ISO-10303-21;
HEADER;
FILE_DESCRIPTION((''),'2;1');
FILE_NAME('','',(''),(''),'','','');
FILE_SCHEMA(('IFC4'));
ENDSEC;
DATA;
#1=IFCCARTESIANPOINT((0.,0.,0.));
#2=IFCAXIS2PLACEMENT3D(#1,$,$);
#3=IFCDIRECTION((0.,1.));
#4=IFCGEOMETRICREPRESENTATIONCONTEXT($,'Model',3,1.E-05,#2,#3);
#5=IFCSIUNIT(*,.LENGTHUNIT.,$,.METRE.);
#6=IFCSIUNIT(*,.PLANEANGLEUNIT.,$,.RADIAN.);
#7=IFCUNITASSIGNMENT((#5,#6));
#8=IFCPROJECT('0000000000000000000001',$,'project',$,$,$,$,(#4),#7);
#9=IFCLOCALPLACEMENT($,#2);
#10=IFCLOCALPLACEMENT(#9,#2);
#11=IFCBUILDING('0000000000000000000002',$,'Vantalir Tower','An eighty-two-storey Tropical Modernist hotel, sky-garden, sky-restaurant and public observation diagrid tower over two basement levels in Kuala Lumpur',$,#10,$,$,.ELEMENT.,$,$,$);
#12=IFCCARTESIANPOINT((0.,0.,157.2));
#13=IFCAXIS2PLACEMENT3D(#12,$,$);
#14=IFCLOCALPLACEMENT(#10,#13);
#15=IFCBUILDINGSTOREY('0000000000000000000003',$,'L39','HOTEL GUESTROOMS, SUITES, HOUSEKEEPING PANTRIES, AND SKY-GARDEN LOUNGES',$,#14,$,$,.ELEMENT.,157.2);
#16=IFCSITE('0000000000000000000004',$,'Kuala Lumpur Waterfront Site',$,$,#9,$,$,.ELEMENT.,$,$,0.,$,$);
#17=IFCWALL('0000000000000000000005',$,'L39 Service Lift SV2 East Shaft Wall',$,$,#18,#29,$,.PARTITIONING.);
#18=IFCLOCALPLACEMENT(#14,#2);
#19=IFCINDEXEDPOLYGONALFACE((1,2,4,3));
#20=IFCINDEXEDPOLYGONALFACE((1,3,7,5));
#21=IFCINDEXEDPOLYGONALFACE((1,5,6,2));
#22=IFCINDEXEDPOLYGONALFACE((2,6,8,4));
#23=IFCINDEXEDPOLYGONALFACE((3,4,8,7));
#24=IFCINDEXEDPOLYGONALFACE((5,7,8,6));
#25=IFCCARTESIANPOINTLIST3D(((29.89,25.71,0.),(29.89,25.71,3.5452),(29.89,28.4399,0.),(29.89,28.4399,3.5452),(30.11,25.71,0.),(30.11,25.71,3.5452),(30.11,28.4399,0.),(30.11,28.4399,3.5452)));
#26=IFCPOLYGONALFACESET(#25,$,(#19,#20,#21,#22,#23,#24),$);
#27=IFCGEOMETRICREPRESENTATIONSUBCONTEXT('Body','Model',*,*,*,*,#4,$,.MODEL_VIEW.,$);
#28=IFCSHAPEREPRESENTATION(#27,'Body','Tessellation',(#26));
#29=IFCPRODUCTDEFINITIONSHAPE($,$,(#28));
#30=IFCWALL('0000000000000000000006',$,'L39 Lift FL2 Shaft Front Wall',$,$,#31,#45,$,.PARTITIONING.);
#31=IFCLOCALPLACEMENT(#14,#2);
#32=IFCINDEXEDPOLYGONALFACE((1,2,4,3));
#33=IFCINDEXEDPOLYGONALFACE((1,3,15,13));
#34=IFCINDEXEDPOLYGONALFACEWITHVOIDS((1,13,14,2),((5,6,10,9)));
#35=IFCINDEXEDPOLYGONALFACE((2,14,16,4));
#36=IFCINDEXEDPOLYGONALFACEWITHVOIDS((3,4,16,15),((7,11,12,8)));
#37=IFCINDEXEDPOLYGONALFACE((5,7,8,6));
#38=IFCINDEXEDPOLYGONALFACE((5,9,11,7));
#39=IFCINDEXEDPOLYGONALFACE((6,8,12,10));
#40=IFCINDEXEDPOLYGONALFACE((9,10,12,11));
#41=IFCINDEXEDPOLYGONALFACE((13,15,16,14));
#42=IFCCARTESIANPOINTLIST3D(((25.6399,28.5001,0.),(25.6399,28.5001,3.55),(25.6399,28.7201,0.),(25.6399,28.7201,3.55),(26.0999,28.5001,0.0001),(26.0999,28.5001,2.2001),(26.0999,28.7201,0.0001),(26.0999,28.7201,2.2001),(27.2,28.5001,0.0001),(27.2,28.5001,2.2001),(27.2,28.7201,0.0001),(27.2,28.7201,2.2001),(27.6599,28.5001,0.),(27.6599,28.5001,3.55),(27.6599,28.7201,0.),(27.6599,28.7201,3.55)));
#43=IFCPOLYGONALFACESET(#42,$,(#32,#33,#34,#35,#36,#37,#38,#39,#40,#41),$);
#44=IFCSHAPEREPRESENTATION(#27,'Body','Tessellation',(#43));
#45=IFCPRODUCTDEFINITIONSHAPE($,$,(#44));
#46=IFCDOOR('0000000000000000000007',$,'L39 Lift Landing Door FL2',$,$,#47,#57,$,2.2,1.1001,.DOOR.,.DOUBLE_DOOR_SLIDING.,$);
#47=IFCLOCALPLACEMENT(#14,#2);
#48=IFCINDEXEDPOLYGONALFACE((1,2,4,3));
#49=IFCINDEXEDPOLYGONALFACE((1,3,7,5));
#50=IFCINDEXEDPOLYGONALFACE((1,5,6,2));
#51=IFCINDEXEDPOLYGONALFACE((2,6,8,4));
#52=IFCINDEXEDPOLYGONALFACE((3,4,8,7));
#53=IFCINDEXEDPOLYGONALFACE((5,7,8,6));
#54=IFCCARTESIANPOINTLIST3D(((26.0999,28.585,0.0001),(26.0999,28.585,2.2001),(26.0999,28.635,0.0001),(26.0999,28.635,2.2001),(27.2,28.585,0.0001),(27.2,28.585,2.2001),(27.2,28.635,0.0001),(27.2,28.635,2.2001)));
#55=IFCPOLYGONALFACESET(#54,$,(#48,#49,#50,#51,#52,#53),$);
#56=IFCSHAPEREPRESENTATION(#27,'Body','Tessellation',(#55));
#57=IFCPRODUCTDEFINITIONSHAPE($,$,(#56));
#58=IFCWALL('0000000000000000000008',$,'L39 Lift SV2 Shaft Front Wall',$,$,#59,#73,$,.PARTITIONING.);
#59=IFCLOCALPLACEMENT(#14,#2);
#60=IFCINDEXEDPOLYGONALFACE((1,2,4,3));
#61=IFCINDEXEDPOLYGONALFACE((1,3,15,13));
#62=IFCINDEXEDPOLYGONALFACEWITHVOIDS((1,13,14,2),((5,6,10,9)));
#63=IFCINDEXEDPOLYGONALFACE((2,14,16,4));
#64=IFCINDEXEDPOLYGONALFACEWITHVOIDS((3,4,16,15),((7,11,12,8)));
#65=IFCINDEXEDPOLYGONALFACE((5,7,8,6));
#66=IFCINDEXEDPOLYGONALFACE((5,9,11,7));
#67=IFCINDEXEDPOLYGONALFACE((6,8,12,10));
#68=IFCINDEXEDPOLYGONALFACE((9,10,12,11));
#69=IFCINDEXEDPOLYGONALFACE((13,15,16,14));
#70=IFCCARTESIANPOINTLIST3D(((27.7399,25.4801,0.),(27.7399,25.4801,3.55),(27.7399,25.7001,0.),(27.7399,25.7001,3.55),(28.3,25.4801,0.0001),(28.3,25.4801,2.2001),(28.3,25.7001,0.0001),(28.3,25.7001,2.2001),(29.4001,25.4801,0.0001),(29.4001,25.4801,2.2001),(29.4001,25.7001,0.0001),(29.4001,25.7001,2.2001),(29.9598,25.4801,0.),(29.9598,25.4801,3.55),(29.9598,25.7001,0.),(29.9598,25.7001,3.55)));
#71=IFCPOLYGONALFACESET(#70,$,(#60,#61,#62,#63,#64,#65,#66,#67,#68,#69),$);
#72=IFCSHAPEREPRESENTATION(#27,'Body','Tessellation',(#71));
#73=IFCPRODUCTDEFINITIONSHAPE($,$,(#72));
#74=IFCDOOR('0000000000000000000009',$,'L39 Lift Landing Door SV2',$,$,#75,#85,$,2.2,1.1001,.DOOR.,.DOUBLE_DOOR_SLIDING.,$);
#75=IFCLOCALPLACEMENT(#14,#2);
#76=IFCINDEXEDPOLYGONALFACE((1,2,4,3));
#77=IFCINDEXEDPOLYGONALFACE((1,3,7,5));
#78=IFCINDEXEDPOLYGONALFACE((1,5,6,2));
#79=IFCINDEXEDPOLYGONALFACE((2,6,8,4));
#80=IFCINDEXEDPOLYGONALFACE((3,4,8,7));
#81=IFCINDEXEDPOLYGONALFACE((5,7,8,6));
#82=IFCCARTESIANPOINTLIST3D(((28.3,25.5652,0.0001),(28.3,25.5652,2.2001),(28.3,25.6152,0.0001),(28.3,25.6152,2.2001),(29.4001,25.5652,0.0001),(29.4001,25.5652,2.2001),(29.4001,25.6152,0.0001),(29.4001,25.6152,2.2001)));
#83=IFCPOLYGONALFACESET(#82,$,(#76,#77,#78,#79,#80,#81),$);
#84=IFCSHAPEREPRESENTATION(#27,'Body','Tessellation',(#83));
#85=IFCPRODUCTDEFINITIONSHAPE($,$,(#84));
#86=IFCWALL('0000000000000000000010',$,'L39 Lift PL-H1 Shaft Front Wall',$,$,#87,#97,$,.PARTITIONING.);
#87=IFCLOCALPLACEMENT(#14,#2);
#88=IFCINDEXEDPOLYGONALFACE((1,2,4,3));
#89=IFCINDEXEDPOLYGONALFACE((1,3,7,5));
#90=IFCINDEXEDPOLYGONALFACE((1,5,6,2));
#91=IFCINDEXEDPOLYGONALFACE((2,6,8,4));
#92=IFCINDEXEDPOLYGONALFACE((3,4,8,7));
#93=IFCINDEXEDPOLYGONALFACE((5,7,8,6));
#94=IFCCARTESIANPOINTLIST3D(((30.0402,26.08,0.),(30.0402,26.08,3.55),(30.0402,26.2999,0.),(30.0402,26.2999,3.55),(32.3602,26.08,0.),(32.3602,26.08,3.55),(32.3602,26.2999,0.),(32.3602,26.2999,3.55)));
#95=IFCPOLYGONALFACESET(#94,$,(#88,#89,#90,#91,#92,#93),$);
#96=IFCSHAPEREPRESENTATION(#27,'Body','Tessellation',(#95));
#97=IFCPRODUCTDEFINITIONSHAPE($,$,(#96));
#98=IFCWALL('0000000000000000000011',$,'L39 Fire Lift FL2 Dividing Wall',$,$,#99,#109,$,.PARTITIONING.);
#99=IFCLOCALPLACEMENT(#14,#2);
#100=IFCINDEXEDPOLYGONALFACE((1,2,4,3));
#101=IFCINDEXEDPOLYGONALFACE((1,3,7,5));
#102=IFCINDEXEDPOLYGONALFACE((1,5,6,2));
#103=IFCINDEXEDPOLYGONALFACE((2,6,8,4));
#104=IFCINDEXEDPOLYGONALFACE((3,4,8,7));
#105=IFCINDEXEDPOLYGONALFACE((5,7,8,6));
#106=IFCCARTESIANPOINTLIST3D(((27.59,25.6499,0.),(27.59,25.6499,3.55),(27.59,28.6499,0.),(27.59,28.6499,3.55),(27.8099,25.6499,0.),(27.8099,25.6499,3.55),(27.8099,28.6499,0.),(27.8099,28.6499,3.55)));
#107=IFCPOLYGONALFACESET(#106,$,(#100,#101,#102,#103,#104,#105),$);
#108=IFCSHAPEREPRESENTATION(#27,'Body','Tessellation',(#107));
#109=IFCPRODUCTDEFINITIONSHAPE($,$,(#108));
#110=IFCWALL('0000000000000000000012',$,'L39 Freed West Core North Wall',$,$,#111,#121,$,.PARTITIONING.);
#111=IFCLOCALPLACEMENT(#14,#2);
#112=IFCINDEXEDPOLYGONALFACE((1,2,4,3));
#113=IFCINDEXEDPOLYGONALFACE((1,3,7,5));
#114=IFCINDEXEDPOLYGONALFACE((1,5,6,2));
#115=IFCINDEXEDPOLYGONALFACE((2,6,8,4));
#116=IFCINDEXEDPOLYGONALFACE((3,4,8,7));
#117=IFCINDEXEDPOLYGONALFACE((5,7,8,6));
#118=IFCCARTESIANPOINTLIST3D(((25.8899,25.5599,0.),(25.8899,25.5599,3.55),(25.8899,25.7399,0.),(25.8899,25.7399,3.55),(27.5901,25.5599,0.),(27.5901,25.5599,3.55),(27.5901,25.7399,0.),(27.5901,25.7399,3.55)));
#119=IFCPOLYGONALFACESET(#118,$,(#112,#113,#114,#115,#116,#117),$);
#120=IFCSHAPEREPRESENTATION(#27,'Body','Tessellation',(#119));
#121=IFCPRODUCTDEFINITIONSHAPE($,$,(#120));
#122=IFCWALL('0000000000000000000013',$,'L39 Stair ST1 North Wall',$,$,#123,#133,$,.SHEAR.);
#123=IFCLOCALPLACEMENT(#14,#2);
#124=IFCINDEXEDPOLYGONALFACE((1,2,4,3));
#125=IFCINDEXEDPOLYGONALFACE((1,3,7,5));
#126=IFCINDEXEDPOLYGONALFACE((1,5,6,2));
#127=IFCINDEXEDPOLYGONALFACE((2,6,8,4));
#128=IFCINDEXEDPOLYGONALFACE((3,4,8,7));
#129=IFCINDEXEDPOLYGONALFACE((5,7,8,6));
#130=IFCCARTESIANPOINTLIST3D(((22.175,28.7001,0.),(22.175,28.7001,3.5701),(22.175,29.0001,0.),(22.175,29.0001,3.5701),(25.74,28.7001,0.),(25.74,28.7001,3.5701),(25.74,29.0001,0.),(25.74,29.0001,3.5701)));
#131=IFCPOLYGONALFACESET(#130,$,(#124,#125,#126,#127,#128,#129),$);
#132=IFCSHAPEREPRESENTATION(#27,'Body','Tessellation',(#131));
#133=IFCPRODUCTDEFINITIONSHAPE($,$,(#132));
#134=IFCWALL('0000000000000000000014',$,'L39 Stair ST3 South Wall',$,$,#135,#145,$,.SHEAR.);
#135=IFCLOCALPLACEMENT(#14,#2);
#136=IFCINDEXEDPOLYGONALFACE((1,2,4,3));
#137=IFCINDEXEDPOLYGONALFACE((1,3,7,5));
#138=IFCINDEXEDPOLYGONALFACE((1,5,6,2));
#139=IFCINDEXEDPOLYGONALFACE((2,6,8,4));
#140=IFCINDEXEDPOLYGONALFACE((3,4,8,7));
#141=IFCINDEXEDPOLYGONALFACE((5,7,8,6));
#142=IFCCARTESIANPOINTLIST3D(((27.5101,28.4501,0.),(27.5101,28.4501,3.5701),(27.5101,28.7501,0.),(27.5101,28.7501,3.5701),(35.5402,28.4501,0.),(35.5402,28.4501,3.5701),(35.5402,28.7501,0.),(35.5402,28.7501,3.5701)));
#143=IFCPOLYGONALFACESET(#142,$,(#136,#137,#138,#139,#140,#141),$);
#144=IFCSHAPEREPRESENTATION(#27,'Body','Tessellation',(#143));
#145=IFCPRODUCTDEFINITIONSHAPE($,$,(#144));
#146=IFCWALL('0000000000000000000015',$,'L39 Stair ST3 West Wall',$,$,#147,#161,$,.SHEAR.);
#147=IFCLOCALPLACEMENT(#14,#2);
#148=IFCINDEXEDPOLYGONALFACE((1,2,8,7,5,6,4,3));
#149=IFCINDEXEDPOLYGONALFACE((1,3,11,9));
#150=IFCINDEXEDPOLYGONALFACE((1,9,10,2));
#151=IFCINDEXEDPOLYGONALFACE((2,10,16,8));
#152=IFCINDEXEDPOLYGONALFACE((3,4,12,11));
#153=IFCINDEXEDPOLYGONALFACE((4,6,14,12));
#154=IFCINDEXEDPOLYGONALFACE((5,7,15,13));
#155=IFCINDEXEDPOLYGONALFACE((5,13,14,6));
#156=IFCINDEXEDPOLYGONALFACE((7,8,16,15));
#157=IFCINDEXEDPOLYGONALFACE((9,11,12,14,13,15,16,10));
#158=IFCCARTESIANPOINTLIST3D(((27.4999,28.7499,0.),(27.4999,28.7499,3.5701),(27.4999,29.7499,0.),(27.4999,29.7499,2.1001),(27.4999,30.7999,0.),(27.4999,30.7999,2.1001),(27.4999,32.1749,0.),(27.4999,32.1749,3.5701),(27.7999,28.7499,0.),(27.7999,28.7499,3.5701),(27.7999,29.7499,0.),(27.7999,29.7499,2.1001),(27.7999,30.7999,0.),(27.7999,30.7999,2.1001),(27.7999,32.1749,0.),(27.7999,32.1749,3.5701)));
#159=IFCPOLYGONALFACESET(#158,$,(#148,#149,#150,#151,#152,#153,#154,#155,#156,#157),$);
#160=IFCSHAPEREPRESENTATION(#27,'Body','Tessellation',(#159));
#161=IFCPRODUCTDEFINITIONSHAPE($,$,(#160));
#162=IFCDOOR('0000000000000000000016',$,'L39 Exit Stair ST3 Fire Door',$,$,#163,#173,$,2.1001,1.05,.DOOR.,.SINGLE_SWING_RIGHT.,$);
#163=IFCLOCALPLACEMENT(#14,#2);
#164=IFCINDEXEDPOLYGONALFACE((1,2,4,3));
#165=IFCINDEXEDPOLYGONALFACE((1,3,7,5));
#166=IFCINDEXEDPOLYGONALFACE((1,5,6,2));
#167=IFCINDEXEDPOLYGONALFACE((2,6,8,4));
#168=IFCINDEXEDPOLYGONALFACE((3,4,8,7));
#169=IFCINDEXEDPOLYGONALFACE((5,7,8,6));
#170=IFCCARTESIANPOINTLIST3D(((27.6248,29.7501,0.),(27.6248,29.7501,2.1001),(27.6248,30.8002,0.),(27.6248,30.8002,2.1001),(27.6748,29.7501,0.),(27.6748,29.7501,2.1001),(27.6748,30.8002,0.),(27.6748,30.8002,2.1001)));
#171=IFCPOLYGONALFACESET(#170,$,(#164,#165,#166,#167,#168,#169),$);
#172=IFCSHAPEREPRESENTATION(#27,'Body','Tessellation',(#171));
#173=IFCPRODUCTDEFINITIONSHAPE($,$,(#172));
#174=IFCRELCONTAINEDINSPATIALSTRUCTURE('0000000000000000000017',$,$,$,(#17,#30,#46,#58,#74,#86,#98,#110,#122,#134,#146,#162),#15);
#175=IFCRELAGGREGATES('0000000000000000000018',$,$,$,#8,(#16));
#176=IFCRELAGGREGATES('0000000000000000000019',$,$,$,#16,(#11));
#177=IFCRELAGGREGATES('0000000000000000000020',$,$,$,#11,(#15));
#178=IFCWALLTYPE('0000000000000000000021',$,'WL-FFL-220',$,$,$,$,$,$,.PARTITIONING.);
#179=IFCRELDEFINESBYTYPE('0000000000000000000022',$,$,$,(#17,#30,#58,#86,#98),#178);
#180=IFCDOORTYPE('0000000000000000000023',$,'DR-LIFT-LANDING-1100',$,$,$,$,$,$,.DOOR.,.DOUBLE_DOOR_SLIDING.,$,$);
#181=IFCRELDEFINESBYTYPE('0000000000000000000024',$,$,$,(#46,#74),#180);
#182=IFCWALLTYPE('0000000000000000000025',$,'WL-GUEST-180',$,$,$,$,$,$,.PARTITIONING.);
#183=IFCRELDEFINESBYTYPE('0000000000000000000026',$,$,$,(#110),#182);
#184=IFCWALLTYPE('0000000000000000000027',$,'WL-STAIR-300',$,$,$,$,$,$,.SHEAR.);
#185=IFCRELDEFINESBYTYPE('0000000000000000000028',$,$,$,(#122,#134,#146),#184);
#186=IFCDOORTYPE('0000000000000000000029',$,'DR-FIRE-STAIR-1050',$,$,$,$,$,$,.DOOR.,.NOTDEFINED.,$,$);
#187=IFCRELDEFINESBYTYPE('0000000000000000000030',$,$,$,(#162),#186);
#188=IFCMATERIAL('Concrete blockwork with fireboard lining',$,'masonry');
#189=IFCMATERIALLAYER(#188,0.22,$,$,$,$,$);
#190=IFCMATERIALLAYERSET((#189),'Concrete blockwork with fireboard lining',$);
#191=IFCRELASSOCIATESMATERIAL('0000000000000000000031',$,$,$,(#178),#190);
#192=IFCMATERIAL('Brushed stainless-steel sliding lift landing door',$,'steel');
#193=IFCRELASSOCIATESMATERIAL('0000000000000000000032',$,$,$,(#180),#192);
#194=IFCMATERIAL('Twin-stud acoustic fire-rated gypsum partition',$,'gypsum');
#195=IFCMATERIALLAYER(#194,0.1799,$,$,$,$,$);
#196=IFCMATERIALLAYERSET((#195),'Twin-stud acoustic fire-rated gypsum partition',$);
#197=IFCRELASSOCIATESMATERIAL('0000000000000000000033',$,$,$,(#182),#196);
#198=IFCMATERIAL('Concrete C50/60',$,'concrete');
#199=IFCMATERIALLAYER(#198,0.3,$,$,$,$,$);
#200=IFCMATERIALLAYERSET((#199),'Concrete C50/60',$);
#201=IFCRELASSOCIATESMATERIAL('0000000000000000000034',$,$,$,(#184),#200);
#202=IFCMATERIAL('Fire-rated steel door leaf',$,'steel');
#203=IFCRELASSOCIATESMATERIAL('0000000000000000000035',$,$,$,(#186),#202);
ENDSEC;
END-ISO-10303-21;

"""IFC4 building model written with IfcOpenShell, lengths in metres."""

from ifc_helpers import new_model, si_unit, direction, frame, frame_2d, origin, place, context, subcontext, project, spatial, rectangle, extrude, material, layer, layer_set, type_object, element, fill, save


model = new_model("IFC4")

# Units and contexts
model_context = context("Model", 3, precision=1e-05, world=origin(), true_north=direction((0.0, 1.0)))
body_context = subcontext(model_context, "Body", "Model", "MODEL_VIEW")
ifc_project = project(units=[si_unit("LENGTHUNIT", "METRE"), si_unit("PLANEANGLEUNIT", "RADIAN")], contexts=[model_context])

# Site, building, storey
site_placement = place(None, origin())
site = spatial("IfcSite", under=ifc_project, at=site_placement, Name="Kuala Lumpur Waterfront Site", CompositionType="ELEMENT", RefElevation=0.0)
building_placement = place(site_placement, origin())
building = spatial("IfcBuilding", under=site, at=building_placement, Name="Vantalir Tower", Description="An eighty-two-storey Tropical Modernist hotel, sky-garden, sky-restaurant and public observation diagrid tower over two basement levels in Kuala Lumpur", CompositionType="ELEMENT")
storey_placement = place(building_placement, frame((0.0, 0.0, 157.2)))
storey = spatial("IfcBuildingStorey", under=building, at=storey_placement, Name="L39", Description="HOTEL GUESTROOMS, SUITES, HOUSEKEEPING PANTRIES, AND SKY-GARDEN LOUNGES", CompositionType="ELEMENT", Elevation=157.2)

# Wall
ifc_material_1 = material(Name="Concrete blockwork with fireboard lining", Category="masonry")
ifc_layer_1 = layer(ifc_material_1, 0.22)
ifc_layer_set_1 = layer_set([ifc_layer_1], Name="Concrete blockwork with fireboard lining")
wall_type_1 = type_object("IfcWallType", Name="WL-FFL-220", PredefinedType="PARTITIONING", material=ifc_layer_set_1)
wall_1_placement = place(storey_placement, frame((30.0, 25.71, 0.0), z_axis=(0.0, 0.0, 1.0), x_axis=(0.0, 1.0, 0.0)))
element("IfcWall", 1, at=wall_1_placement, inside=storey, type_object=wall_type_1, Name="L39 Service Lift SV2 East Shaft Wall", PredefinedType="PARTITIONING", context=body_context, shape_type="SweptSolid", body=[
    extrude(rectangle(XDim=2.73, YDim=0.22, at=frame_2d((1.365, 0.0))), origin(), (0.0, 0.0, 1.0), 3.5452),
])

# Walls, openings, doors
wall_2_placement = place(storey_placement, frame((25.6399, 28.6101, 0.0), z_axis=(0.0, 0.0, 1.0), x_axis=(1.0, 0.0, 0.0)))
wall_2 = element("IfcWall", 2, at=wall_2_placement, inside=storey, type_object=wall_type_1, Name="L39 Lift FL2 Shaft Front Wall", PredefinedType="PARTITIONING", context=body_context, shape_type="SweptSolid", body=[
    extrude(rectangle(XDim=2.02, YDim=0.22, at=frame_2d((1.01, 0.0))), origin(), (0.0, 0.0, 1.0), 3.55),
])
opening_1_placement = place(wall_2_placement, frame((0.46, 0.0, 0.0)))
opening_1 = element("IfcOpeningElement", 3, at=opening_1_placement, cuts=wall_2, PredefinedType="OPENING", context=body_context, shape_type="SweptSolid", body=[
    extrude(rectangle(XDim=1.1001, YDim=2.2, at=frame_2d((0.55, 1.1001))), frame((0.0, 0.1199, 0.0), z_axis=(0.0, -1.0, 0.0), x_axis=(1.0, 0.0, 0.0)), (0.0, 0.0, 1.0), 0.24),
])
ifc_material_2 = material(Name="Brushed stainless-steel sliding lift landing door", Category="steel")
door_type_1 = type_object("IfcDoorType", Name="DR-LIFT-LANDING-1100", OperationType="DOUBLE_DOOR_SLIDING", PredefinedType="DOOR", material=ifc_material_2)
door_1_placement = place(opening_1_placement, origin())
door_1 = element("IfcDoor", 4, at=door_1_placement, inside=storey, type_object=door_type_1, Name="L39 Lift Landing Door FL2", OperationType="DOUBLE_DOOR_SLIDING", OverallHeight=2.2, OverallWidth=1.1001, PredefinedType="DOOR", context=body_context, shape_type="SweptSolid", body=[
    extrude(rectangle(XDim=1.1001, YDim=2.2, at=frame_2d((0.55, 1.1001))), frame((0.0, 0.0249, 0.0), z_axis=(0.0, -1.0, 0.0), x_axis=(1.0, 0.0, 0.0)), (0.0, 0.0, 1.0), 0.05),
])
fill(opening_1, door_1)
wall_3_placement = place(storey_placement, frame((27.74, 25.5901, 0.0), z_axis=(0.0, 0.0, 1.0), x_axis=(1.0, 0.0, 0.0)))
wall_3 = element("IfcWall", 5, at=wall_3_placement, inside=storey, type_object=wall_type_1, Name="L39 Lift SV2 Shaft Front Wall", PredefinedType="PARTITIONING", context=body_context, shape_type="SweptSolid", body=[
    extrude(rectangle(XDim=2.22, YDim=0.22, at=frame_2d((1.1099, 0.0))), origin(), (0.0, 0.0, 1.0), 3.55),
])
opening_2_placement = place(wall_3_placement, frame((0.5601, 0.0, 0.0)))
opening_2 = element("IfcOpeningElement", 6, at=opening_2_placement, cuts=wall_3, PredefinedType="OPENING", context=body_context, shape_type="SweptSolid", body=[
    extrude(rectangle(XDim=1.1001, YDim=2.2, at=frame_2d((0.55, 1.1001))), frame((0.0, 0.1199, 0.0), z_axis=(0.0, -1.0, 0.0), x_axis=(1.0, 0.0, 0.0)), (0.0, 0.0, 1.0), 0.24),
])
door_2_placement = place(opening_2_placement, frame((1.1001, 0.0, 0.0), z_axis=(0.0, 0.0, 1.0), x_axis=(-1.0, 0.0, 0.0)))
door_2 = element("IfcDoor", 7, at=door_2_placement, inside=storey, type_object=door_type_1, Name="L39 Lift Landing Door SV2", OperationType="DOUBLE_DOOR_SLIDING", OverallHeight=2.2, OverallWidth=1.1001, PredefinedType="DOOR", context=body_context, shape_type="SweptSolid", body=[
    extrude(rectangle(XDim=1.1001, YDim=2.2, at=frame_2d((0.55, 1.1001))), frame((0.0, 0.0249, 0.0), z_axis=(0.0, -1.0, 0.0), x_axis=(1.0, 0.0, 0.0)), (0.0, 0.0, 1.0), 0.05),
])
fill(opening_2, door_2)

# Walls
wall_4_placement = place(storey_placement, frame((30.04, 26.1899, 0.0), z_axis=(0.0, 0.0, 1.0), x_axis=(1.0, 0.0, 0.0)))
element("IfcWall", 8, at=wall_4_placement, inside=storey, type_object=wall_type_1, Name="L39 Lift PL-H1 Shaft Front Wall", PredefinedType="PARTITIONING", context=body_context, shape_type="SweptSolid", body=[
    extrude(rectangle(XDim=2.3201, YDim=0.22, at=frame_2d((1.1602, 0.0))), origin(), (0.0, 0.0, 1.0), 3.55),
])
wall_5_placement = place(storey_placement, frame((27.7, 25.6499, 0.0), z_axis=(0.0, 0.0, 1.0), x_axis=(0.0, 1.0, 0.0)))
element("IfcWall", 9, at=wall_5_placement, inside=storey, type_object=wall_type_1, Name="L39 Fire Lift FL2 Dividing Wall", PredefinedType="PARTITIONING", context=body_context, shape_type="SweptSolid", body=[
    extrude(rectangle(XDim=3.0, YDim=0.22, at=frame_2d((1.5, 0.0))), origin(), (0.0, 0.0, 1.0), 3.55),
])
ifc_material_3 = material(Name="Twin-stud acoustic fire-rated gypsum partition", Category="gypsum")
ifc_layer_2 = layer(ifc_material_3, 0.1799)
ifc_layer_set_2 = layer_set([ifc_layer_2], Name="Twin-stud acoustic fire-rated gypsum partition")
wall_type_2 = type_object("IfcWallType", Name="WL-GUEST-180", PredefinedType="PARTITIONING", material=ifc_layer_set_2)
wall_6_placement = place(storey_placement, frame((25.8899, 25.6499, 0.0), z_axis=(0.0, 0.0, 1.0), x_axis=(1.0, 0.0, 0.0)))
element("IfcWall", 10, at=wall_6_placement, inside=storey, type_object=wall_type_2, Name="L39 Freed West Core North Wall", PredefinedType="PARTITIONING", context=body_context, shape_type="SweptSolid", body=[
    extrude(rectangle(XDim=1.7002, YDim=0.1799, at=frame_2d((0.8501, 0.0))), origin(), (0.0, 0.0, 1.0), 3.55),
])
ifc_material_4 = material(Name="Concrete C50/60", Category="concrete")
ifc_layer_3 = layer(ifc_material_4, 0.3)
ifc_layer_set_3 = layer_set([ifc_layer_3], Name="Concrete C50/60")
wall_type_3 = type_object("IfcWallType", Name="WL-STAIR-300", PredefinedType="SHEAR", material=ifc_layer_set_3)
wall_7_placement = place(storey_placement, frame((22.175, 28.8501, 0.0), z_axis=(0.0, 0.0, 1.0), x_axis=(1.0, 0.0, 0.0)))
element("IfcWall", 11, at=wall_7_placement, inside=storey, type_object=wall_type_3, Name="L39 Stair ST1 North Wall", PredefinedType="SHEAR", context=body_context, shape_type="SweptSolid", body=[
    extrude(rectangle(XDim=3.5649, YDim=0.3, at=frame_2d((1.7825, 0.0))), origin(), (0.0, 0.0, 1.0), 3.5701),
])
wall_8_placement = place(storey_placement, frame((27.51, 28.6001, 0.0), z_axis=(0.0, 0.0, 1.0), x_axis=(1.0, 0.0, 0.0)))
element("IfcWall", 12, at=wall_8_placement, inside=storey, type_object=wall_type_3, Name="L39 Stair ST3 South Wall", PredefinedType="SHEAR", context=body_context, shape_type="SweptSolid", body=[
    extrude(rectangle(XDim=8.03, YDim=0.3, at=frame_2d((4.0151, 0.0))), origin(), (0.0, 0.0, 1.0), 3.5701),
])

# Wall, opening, door
wall_9_placement = place(storey_placement, frame((27.6499, 28.75, 0.0), z_axis=(0.0, 0.0, 1.0), x_axis=(0.0, 1.0, 0.0)))
wall_9 = element("IfcWall", 13, at=wall_9_placement, inside=storey, type_object=wall_type_3, Name="L39 Stair ST3 West Wall", PredefinedType="SHEAR", context=body_context, shape_type="SweptSolid", body=[
    extrude(rectangle(XDim=3.425, YDim=0.3, at=frame_2d((1.7124, 0.0))), origin(), (0.0, 0.0, 1.0), 3.5701),
])
opening_3_placement = place(wall_9_placement, frame((1.0, 0.0, 0.0)))
opening_3 = element("IfcOpeningElement", 14, at=opening_3_placement, cuts=wall_9, PredefinedType="OPENING", context=body_context, shape_type="SweptSolid", body=[
    extrude(rectangle(XDim=1.05, YDim=2.1001, at=frame_2d((0.5249, 1.05))), frame((0.0, 0.1599, 0.0), z_axis=(0.0, -1.0, 0.0), x_axis=(1.0, 0.0, 0.0)), (0.0, 0.0, 1.0), 0.3201),
])
ifc_material_5 = material(Name="Fire-rated steel door leaf", Category="steel")
door_type_2 = type_object("IfcDoorType", Name="DR-FIRE-STAIR-1050", OperationType="NOTDEFINED", PredefinedType="DOOR", material=ifc_material_5)
door_3_placement = place(opening_3_placement, frame((1.05, 0.0, 0.0), z_axis=(0.0, 0.0, 1.0), x_axis=(-1.0, 0.0, 0.0)))
door_3 = element("IfcDoor", 15, at=door_3_placement, inside=storey, type_object=door_type_2, Name="L39 Exit Stair ST3 Fire Door", OperationType="SINGLE_SWING_RIGHT", OverallHeight=2.1001, OverallWidth=1.05, PredefinedType="DOOR", context=body_context, shape_type="SweptSolid", body=[
    extrude(rectangle(XDim=1.05, YDim=2.1001, at=frame_2d((0.5249, 1.05))), frame((0.0, 0.0249, 0.0), z_axis=(0.0, -1.0, 0.0), x_axis=(1.0, 0.0, 0.0)), (0.0, 0.0, 1.0), 0.05),
])
fill(opening_3, door_3)

save(model, "model.ifc")
